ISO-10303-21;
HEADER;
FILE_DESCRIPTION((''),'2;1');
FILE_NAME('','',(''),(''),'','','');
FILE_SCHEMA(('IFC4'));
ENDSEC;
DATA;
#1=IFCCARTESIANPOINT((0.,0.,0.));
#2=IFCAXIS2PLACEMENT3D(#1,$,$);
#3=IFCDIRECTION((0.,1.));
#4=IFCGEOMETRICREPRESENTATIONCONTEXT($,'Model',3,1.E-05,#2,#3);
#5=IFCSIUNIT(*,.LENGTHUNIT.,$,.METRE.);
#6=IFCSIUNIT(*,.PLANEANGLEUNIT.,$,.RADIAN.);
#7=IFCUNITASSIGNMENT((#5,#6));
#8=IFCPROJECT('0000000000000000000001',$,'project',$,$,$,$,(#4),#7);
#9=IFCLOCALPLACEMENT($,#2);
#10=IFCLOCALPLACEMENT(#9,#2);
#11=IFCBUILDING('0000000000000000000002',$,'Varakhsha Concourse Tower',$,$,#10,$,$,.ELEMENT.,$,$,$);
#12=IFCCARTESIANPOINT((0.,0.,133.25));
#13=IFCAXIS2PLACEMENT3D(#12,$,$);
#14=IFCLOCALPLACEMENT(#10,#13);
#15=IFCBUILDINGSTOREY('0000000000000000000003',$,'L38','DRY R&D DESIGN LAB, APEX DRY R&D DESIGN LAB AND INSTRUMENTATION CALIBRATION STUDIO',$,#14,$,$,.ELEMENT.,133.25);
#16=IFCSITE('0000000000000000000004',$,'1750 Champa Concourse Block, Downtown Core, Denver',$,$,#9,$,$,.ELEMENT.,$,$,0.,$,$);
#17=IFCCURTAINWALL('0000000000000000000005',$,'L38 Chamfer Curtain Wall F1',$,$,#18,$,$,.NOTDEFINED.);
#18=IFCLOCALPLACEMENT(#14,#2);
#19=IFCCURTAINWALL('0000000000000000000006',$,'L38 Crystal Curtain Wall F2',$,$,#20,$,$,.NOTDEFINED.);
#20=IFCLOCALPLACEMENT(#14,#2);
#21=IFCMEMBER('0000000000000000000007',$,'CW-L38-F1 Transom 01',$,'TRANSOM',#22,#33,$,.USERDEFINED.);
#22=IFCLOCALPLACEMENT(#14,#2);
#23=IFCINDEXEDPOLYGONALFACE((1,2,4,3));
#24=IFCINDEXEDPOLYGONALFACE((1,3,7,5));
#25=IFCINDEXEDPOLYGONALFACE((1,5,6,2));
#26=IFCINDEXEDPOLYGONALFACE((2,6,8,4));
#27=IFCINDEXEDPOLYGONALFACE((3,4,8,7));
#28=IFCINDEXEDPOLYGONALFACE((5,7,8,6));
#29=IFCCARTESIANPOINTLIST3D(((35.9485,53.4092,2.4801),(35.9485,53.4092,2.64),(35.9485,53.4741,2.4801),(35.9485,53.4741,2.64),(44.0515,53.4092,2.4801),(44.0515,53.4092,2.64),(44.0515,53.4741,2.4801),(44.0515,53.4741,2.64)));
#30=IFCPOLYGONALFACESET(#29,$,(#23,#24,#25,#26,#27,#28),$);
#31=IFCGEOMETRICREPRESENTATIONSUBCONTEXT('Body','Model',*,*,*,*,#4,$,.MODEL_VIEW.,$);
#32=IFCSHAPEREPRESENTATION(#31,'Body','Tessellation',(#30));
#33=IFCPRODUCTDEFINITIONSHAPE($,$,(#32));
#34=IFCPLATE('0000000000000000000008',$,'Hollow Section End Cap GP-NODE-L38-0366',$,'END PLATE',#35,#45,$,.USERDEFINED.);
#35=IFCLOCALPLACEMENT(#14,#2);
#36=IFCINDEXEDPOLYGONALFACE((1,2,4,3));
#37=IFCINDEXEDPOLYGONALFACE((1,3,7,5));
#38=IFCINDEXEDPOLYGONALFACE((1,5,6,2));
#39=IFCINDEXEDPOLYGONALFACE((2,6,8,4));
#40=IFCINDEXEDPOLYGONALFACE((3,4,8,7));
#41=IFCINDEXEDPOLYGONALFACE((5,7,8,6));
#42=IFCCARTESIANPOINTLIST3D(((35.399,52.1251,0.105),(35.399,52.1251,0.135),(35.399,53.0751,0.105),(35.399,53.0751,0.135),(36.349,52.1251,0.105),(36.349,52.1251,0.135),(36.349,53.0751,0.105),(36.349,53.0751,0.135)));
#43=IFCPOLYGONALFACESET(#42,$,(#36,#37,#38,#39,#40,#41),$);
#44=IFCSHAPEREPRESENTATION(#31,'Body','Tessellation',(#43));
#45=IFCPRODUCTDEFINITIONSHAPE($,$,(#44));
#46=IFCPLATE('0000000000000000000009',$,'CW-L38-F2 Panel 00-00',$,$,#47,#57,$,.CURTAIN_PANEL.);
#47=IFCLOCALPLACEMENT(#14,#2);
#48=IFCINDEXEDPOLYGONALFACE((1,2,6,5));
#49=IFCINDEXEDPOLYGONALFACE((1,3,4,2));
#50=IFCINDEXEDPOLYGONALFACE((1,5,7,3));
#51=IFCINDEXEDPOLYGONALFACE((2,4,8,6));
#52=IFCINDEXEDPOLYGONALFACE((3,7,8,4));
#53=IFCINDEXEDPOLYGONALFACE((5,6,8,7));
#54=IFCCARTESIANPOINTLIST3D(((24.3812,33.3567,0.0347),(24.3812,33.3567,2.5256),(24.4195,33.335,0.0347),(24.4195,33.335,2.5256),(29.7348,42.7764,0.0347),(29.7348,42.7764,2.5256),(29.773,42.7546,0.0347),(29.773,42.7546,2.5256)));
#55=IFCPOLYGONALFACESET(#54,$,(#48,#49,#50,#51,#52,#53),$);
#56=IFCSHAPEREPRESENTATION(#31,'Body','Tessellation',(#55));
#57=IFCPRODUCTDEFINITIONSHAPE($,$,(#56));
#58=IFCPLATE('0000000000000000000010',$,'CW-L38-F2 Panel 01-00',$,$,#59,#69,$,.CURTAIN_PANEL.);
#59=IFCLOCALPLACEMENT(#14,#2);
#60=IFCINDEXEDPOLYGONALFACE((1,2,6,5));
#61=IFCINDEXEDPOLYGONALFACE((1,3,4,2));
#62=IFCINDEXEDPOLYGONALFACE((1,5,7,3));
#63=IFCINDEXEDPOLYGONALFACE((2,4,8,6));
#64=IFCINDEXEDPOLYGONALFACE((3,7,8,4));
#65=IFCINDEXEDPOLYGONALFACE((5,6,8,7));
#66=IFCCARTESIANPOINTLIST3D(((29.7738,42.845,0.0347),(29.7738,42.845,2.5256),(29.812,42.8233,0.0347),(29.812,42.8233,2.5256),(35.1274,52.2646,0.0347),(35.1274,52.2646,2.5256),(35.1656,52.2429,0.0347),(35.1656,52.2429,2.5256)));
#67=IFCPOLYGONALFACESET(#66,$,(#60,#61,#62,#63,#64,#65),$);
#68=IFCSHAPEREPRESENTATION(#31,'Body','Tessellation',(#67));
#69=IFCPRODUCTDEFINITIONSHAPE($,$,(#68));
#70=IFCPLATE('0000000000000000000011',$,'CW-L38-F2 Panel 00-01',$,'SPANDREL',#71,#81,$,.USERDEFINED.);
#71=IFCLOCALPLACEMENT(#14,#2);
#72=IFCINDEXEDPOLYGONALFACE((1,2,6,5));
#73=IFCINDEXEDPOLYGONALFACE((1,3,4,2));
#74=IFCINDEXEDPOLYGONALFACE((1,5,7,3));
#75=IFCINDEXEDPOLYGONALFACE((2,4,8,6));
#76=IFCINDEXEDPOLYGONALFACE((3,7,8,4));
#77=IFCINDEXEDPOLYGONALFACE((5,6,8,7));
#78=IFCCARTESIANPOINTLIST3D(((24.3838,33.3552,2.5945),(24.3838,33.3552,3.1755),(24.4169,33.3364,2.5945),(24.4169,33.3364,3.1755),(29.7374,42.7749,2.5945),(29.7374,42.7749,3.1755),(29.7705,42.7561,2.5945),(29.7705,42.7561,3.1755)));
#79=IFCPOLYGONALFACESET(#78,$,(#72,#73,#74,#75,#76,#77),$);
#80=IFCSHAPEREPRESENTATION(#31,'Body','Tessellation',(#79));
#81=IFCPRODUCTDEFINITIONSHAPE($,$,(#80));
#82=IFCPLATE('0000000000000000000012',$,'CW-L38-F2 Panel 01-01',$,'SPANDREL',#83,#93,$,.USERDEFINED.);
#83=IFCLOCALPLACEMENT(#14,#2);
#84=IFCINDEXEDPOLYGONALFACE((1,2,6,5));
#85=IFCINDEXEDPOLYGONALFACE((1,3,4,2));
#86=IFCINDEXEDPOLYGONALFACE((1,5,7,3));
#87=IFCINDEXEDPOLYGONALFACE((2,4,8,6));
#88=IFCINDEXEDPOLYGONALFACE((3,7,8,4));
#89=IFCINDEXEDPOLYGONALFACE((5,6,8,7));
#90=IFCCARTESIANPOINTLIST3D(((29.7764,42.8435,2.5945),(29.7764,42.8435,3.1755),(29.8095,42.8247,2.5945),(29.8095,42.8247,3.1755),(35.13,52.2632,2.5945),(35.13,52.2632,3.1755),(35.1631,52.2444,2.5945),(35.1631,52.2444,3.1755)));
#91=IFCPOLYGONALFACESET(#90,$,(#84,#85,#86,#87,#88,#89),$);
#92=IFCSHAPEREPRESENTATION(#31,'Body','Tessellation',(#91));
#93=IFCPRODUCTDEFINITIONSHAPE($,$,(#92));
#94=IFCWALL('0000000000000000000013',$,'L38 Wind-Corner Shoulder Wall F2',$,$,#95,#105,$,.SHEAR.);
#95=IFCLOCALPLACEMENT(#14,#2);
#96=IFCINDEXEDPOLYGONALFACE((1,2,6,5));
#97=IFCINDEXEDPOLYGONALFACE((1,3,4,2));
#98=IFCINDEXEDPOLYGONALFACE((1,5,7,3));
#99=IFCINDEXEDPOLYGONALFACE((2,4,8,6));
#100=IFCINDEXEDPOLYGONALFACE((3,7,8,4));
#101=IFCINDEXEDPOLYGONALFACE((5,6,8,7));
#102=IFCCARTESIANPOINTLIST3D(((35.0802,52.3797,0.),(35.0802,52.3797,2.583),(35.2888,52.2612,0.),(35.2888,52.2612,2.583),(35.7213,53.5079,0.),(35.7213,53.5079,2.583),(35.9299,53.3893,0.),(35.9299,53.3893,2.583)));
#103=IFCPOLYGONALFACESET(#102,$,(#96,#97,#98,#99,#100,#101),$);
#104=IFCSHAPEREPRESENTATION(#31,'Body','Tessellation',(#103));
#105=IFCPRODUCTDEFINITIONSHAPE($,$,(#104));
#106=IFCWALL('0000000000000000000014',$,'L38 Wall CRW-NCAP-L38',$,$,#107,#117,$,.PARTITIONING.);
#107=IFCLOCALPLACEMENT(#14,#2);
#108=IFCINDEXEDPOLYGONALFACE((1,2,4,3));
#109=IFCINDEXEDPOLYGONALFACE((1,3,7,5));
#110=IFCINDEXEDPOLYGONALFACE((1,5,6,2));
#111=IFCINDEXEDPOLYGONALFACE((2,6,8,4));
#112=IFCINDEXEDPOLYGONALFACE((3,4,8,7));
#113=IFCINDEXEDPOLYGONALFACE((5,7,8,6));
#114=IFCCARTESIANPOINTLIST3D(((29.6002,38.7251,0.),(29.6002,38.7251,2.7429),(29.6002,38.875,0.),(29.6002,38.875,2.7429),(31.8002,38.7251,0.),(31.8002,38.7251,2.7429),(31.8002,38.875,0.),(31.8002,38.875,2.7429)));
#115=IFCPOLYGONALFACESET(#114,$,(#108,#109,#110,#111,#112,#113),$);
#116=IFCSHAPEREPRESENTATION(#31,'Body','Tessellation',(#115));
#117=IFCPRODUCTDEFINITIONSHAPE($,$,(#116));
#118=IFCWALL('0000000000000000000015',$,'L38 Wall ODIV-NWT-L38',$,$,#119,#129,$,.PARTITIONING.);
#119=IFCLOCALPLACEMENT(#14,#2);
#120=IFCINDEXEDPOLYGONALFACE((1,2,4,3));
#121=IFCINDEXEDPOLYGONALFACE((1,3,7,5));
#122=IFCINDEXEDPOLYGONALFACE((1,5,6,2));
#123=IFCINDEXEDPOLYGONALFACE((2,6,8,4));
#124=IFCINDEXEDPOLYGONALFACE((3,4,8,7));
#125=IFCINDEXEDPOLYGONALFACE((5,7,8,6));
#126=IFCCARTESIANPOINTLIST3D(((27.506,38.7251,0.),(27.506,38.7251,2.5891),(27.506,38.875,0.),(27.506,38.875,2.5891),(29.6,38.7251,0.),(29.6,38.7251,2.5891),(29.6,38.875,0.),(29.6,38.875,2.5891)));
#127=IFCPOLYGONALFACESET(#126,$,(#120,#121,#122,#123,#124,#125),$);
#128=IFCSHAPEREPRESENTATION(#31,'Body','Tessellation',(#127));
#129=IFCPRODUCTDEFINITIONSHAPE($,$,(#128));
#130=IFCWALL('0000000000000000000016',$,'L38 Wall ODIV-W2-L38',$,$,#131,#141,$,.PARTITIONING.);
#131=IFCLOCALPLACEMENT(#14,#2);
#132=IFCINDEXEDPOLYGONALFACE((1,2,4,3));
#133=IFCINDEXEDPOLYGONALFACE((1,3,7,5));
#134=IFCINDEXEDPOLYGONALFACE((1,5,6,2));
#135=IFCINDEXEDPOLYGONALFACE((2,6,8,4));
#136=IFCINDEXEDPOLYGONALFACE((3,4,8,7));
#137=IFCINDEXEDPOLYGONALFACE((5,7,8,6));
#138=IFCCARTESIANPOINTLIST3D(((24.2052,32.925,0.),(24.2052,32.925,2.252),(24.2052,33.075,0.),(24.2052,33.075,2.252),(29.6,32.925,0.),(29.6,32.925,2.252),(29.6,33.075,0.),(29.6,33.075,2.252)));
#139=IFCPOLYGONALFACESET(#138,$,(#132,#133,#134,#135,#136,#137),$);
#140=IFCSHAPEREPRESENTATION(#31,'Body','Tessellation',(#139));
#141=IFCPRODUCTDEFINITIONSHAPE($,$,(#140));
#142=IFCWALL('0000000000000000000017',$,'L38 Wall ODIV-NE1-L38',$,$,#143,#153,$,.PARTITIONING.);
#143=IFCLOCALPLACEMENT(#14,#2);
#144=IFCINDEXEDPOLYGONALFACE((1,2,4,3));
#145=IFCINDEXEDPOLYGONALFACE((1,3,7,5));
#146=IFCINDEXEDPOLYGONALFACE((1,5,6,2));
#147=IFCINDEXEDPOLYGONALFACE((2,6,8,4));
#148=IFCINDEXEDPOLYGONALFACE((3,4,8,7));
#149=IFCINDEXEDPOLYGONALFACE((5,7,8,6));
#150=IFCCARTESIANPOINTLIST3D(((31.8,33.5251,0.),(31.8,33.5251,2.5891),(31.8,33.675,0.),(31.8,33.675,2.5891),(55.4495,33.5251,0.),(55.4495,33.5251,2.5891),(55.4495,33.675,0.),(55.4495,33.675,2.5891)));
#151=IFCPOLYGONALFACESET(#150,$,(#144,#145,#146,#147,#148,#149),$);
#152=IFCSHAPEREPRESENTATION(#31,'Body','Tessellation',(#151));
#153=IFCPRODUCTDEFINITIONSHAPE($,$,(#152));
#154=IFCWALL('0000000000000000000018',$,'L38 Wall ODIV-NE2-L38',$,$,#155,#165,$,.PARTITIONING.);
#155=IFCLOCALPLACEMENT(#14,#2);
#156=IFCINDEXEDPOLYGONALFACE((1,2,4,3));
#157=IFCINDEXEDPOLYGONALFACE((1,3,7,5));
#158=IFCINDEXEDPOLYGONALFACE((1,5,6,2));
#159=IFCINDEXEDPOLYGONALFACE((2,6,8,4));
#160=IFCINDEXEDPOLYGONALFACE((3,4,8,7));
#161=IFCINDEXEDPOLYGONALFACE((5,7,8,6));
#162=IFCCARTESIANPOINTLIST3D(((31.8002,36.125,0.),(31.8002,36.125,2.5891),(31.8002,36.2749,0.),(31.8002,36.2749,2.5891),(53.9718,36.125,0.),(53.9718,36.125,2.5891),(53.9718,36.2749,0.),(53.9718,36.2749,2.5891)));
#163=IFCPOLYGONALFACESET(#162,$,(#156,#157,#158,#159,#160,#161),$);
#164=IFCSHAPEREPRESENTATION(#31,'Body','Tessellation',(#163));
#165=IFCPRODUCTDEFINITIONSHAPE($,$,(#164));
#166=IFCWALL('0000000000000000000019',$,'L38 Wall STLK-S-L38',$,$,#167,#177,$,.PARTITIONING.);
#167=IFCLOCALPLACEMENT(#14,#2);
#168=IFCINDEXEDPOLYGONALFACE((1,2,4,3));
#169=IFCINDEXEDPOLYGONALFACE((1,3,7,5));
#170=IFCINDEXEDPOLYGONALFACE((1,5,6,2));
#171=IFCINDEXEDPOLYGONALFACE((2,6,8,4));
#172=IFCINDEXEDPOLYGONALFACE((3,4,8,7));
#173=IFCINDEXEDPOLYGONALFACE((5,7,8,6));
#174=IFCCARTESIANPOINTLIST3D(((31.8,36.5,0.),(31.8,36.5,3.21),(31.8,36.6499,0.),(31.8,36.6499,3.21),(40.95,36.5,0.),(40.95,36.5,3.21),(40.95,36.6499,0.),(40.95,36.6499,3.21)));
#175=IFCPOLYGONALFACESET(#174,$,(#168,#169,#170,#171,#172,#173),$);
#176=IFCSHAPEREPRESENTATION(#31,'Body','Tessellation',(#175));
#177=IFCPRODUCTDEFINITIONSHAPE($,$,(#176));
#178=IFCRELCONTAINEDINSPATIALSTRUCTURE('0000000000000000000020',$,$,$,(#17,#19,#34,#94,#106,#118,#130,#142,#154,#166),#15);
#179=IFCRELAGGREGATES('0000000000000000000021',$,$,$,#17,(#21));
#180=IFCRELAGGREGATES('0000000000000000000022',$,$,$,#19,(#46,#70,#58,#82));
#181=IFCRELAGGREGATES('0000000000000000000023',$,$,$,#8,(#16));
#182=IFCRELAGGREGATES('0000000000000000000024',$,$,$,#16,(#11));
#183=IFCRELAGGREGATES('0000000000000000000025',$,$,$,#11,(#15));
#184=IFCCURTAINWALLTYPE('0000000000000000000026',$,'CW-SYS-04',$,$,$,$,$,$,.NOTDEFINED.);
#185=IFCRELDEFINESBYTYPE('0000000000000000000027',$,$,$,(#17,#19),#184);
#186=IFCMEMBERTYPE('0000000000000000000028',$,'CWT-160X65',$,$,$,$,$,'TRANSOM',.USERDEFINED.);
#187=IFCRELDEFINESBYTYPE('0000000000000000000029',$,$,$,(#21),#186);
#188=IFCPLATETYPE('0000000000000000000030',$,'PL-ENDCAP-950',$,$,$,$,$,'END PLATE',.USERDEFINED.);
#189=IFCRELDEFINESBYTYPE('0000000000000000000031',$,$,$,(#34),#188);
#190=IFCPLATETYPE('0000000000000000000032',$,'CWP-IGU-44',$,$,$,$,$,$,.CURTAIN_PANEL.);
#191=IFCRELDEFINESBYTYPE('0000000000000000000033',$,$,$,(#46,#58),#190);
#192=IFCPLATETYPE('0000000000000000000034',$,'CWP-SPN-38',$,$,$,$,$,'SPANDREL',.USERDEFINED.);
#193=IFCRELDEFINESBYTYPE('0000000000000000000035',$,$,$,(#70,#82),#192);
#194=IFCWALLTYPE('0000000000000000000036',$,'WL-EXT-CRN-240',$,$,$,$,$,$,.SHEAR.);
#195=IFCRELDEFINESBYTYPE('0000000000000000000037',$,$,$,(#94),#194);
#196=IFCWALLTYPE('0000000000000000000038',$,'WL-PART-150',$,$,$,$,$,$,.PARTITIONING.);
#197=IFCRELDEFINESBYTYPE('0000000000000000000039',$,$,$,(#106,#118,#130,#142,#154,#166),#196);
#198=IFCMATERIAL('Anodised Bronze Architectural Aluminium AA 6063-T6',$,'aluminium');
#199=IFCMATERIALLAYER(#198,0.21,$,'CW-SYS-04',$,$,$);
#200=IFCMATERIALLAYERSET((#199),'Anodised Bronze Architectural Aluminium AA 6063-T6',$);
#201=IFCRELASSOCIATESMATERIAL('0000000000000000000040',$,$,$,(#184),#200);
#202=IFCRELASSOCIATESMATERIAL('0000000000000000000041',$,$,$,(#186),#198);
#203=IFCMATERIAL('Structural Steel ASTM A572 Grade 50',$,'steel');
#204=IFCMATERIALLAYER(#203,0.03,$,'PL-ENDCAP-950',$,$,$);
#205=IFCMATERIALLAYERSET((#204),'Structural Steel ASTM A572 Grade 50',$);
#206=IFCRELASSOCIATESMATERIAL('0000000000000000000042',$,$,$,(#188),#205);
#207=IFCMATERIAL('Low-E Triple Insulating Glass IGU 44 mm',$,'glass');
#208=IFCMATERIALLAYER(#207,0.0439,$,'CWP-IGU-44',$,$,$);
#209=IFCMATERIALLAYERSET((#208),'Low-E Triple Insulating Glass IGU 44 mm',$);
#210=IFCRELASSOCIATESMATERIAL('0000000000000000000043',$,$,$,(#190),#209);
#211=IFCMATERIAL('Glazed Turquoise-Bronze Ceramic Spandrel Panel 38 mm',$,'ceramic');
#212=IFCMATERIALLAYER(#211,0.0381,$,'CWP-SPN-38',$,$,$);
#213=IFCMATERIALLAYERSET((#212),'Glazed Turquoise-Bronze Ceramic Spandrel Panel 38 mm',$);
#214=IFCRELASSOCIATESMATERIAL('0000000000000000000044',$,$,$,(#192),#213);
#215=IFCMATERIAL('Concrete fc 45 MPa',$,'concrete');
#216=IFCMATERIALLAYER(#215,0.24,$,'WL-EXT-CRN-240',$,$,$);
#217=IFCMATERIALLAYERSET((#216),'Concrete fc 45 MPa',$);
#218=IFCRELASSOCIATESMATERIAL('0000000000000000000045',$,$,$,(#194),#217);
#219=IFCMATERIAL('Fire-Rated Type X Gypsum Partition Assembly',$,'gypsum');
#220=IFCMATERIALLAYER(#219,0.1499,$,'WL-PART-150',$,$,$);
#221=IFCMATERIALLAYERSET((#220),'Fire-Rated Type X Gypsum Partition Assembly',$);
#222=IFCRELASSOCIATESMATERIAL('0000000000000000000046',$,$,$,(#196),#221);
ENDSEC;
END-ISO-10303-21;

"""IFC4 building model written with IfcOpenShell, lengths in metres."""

from ifc_helpers import new_model, si_unit, direction, frame, frame_2d, origin, origin_2d, place, context, subcontext, project, spatial, rectangle, extrude, source, transform, mapped, material, layer, layer_set, material_profile, profile_set, type_object, type_shapes, element, aggregate, save


model = new_model("IFC4")

# Units and contexts
model_context = context("Model", 3, precision=1e-05, world=origin(), true_north=direction((0.0, 1.0)))
body_context = subcontext(model_context, "Body", "Model", "MODEL_VIEW")
ifc_project = project(units=[si_unit("LENGTHUNIT", "METRE"), si_unit("PLANEANGLEUNIT", "RADIAN")], contexts=[model_context])

# Site, building, storey
site_placement = place(None, origin())
site = spatial("IfcSite", under=ifc_project, at=site_placement, Name="1750 Champa Concourse Block, Downtown Core, Denver", CompositionType="ELEMENT", RefElevation=0.0)
building_placement = place(site_placement, origin())
building = spatial("IfcBuilding", under=site, at=building_placement, Name="Varakhsha Concourse Tower", CompositionType="ELEMENT")
storey_placement = place(building_placement, frame((0.0, 0.0, 133.25)))
storey = spatial("IfcBuildingStorey", under=building, at=storey_placement, Name="L38", Description="DRY R&D DESIGN LAB, APEX DRY R&D DESIGN LAB AND INSTRUMENTATION CALIBRATION STUDIO", CompositionType="ELEMENT", Elevation=133.25)

# Shared definitions
ifc_material_1 = material(Name="Structural Steel ASTM A572 Grade 50", Category="steel")

# Curtain wall
ifc_material_2 = material(Name="Anodised Bronze Architectural Aluminium AA 6063-T6", Category="aluminium")
ifc_layer_1 = layer(ifc_material_2, 0.21, Name="CW-SYS-04")
ifc_layer_set_1 = layer_set([ifc_layer_1], Name="Anodised Bronze Architectural Aluminium AA 6063-T6")
curtain_wall_type = type_object("IfcCurtainWallType", Name="CW-SYS-04", PredefinedType="NOTDEFINED", material=ifc_layer_set_1)
curtain_wall_1_placement = place(storey_placement, origin())
curtain_wall_1 = element("IfcCurtainWall", 1, at=curtain_wall_1_placement, inside=storey, type_object=curtain_wall_type, Name="L38 Chamfer Curtain Wall F1", PredefinedType="NOTDEFINED")

# Curtain wall
curtain_wall_2_placement = place(storey_placement, origin())
curtain_wall_2 = element("IfcCurtainWall", 2, at=curtain_wall_2_placement, inside=storey, type_object=curtain_wall_type, Name="L38 Crystal Curtain Wall F2", PredefinedType="NOTDEFINED")

# Member
ifc_material_profile_1 = material_profile(ifc_material_2, rectangle(XDim=0.0649, YDim=0.1599, at=origin_2d()), Name="CWT-160X65")
ifc_profile_set_1 = profile_set([ifc_material_profile_1], Name="Anodised Bronze Architectural Aluminium AA 6063-T6")
member_type_1 = type_object("IfcMemberType", Name="CWT-160X65", ElementType="TRANSOM", PredefinedType="USERDEFINED", material=ifc_profile_set_1)
shared_shape_1 = source(origin(), body_context, "Body", "SweptSolid", [
    extrude(rectangle(XDim=0.0649, YDim=0.1599, at=origin_2d()), origin(), (0.0, 0.0, 1.0), 8.103),
])
member_1_placement = place(storey_placement, frame((35.9485, 53.4417, 2.5601), z_axis=(1.0, 0.0, 0.0), x_axis=(0.0, 1.0, 0.0)))
member_1 = element("IfcMember", 3, at=member_1_placement, type_object=member_type_1, Name="CW-L38-F1 Transom 01", ObjectType="TRANSOM", PredefinedType="USERDEFINED", context=body_context, shape_type="MappedRepresentation", body=[
    mapped(shared_shape_1, transform((0.0, 0.0, 0.0), scale=1.0)),
])
aggregate(curtain_wall_1, [member_1])

# Plates
ifc_layer_2 = layer(ifc_material_1, 0.03, Name="PL-ENDCAP-950")
ifc_layer_set_2 = layer_set([ifc_layer_2], Name="Structural Steel ASTM A572 Grade 50")
plate_type_1 = type_object("IfcPlateType", Name="PL-ENDCAP-950", ElementType="END PLATE", PredefinedType="USERDEFINED", material=ifc_layer_set_2)
shared_shape_2 = source(origin(), body_context, "Body", "SweptSolid", [
    extrude(rectangle(XDim=0.95, YDim=0.95, at=origin_2d()), origin(), (0.0, 0.0, 1.0), 0.03),
])
type_shapes(plate_type_1, [shared_shape_2])
plate_1_placement = place(storey_placement, frame((35.874, 52.6001, 0.105), z_axis=(0.0, 0.0, 1.0), x_axis=(1.0, 0.0, 0.0)))
element("IfcPlate", 4, at=plate_1_placement, inside=storey, type_object=plate_type_1, Name="Hollow Section End Cap GP-NODE-L38-0366", ObjectType="END PLATE", PredefinedType="USERDEFINED", context=body_context, shape_type="MappedRepresentation", body=[
    mapped(shared_shape_2, transform((0.0, 0.0, 0.0), scale=1.0)),
])
ifc_material_3 = material(Name="Low-E Triple Insulating Glass IGU 44 mm", Category="glass")
ifc_layer_3 = layer(ifc_material_3, 0.0439, Name="CWP-IGU-44")
ifc_layer_set_3 = layer_set([ifc_layer_3], Name="Low-E Triple Insulating Glass IGU 44 mm")
plate_type_2 = type_object("IfcPlateType", Name="CWP-IGU-44", PredefinedType="CURTAIN_PANEL", material=ifc_layer_set_3)
shared_shape_3 = source(origin(), body_context, "Body", "SweptSolid", [
    extrude(rectangle(XDim=10.8347, YDim=0.0439, at=origin_2d()), origin(), (0.0, 0.0, 1.0), 2.491),
])
type_shapes(plate_type_2, [shared_shape_3])
plate_2_placement = place(storey_placement, frame((27.0771, 38.0557, 0.0347), z_axis=(0.0, 0.0, 1.0), x_axis=(0.494115, 0.869397, 0.0)))
plate_2 = element("IfcPlate", 5, at=plate_2_placement, type_object=plate_type_2, Name="CW-L38-F2 Panel 00-00", PredefinedType="CURTAIN_PANEL", context=body_context, shape_type="MappedRepresentation", body=[
    mapped(shared_shape_3, transform((0.0, 0.0, 0.0), scale=1.0)),
])
plate_3_placement = place(storey_placement, frame((32.4697, 47.5439, 0.0347), z_axis=(0.0, 0.0, 1.0), x_axis=(0.494115, 0.869397, 0.0)))
plate_3 = element("IfcPlate", 6, at=plate_3_placement, type_object=plate_type_2, Name="CW-L38-F2 Panel 01-00", PredefinedType="CURTAIN_PANEL", context=body_context, shape_type="MappedRepresentation", body=[
    mapped(shared_shape_3, transform((0.0, 0.0, 0.0), scale=1.0)),
])
ifc_material_4 = material(Name="Glazed Turquoise-Bronze Ceramic Spandrel Panel 38 mm", Category="ceramic")
ifc_layer_4 = layer(ifc_material_4, 0.0381, Name="CWP-SPN-38")
ifc_layer_set_4 = layer_set([ifc_layer_4], Name="Glazed Turquoise-Bronze Ceramic Spandrel Panel 38 mm")
plate_type_3 = type_object("IfcPlateType", Name="CWP-SPN-38", ElementType="SPANDREL", PredefinedType="USERDEFINED", material=ifc_layer_set_4)
shared_shape_4 = source(origin(), body_context, "Body", "SweptSolid", [
    extrude(rectangle(XDim=10.8347, YDim=0.0381, at=origin_2d()), origin(), (0.0, 0.0, 1.0), 0.5811),
])
type_shapes(plate_type_3, [shared_shape_4])
plate_4_placement = place(storey_placement, frame((27.0771, 38.0557, 2.5945), z_axis=(0.0, 0.0, 1.0), x_axis=(0.494115, 0.869397, 0.0)))
plate_4 = element("IfcPlate", 7, at=plate_4_placement, type_object=plate_type_3, Name="CW-L38-F2 Panel 00-01", ObjectType="SPANDREL", PredefinedType="USERDEFINED", context=body_context, shape_type="MappedRepresentation", body=[
    mapped(shared_shape_4, transform((0.0, 0.0, 0.0), scale=1.0)),
])
plate_5_placement = place(storey_placement, frame((32.4697, 47.5439, 2.5945), z_axis=(0.0, 0.0, 1.0), x_axis=(0.494115, 0.869397, 0.0)))
plate_5 = element("IfcPlate", 8, at=plate_5_placement, type_object=plate_type_3, Name="CW-L38-F2 Panel 01-01", ObjectType="SPANDREL", PredefinedType="USERDEFINED", context=body_context, shape_type="MappedRepresentation", body=[
    mapped(shared_shape_4, transform((0.0, 0.0, 0.0), scale=1.0)),
])
aggregate(curtain_wall_2, [plate_2, plate_4, plate_3, plate_5])

# Walls
ifc_material_5 = material(Name="Concrete fc 45 MPa", Category="concrete")
ifc_layer_5 = layer(ifc_material_5, 0.24, Name="WL-EXT-CRN-240")
ifc_layer_set_5 = layer_set([ifc_layer_5], Name="Concrete fc 45 MPa")
wall_type_1 = type_object("IfcWallType", Name="WL-EXT-CRN-240", PredefinedType="SHEAR", material=ifc_layer_set_5)
wall_1_placement = place(storey_placement, frame((35.8257, 53.4487, 0.0), z_axis=(0.0, 0.0, 1.0), x_axis=(-0.494071, -0.869422, 0.0)))
element("IfcWall", 9, at=wall_1_placement, inside=storey, type_object=wall_type_1, Name="L38 Wind-Corner Shoulder Wall F2", PredefinedType="SHEAR", context=body_context, shape_type="SweptSolid", body=[
    extrude(rectangle(XDim=1.2976, YDim=0.24, at=frame_2d((0.6489, 0.0))), origin(), (0.0, 0.0, 1.0), 2.583),
])
ifc_material_6 = material(Name="Fire-Rated Type X Gypsum Partition Assembly", Category="gypsum")
ifc_layer_6 = layer(ifc_material_6, 0.1499, Name="WL-PART-150")
ifc_layer_set_6 = layer_set([ifc_layer_6], Name="Fire-Rated Type X Gypsum Partition Assembly")
wall_type_2 = type_object("IfcWallType", Name="WL-PART-150", PredefinedType="PARTITIONING", material=ifc_layer_set_6)
wall_2_placement = place(storey_placement, frame((29.6001, 38.8, 0.0), z_axis=(0.0, 0.0, 1.0), x_axis=(1.0, 0.0, 0.0)))
element("IfcWall", 10, at=wall_2_placement, inside=storey, type_object=wall_type_2, Name="L38 Wall CRW-NCAP-L38", PredefinedType="PARTITIONING", context=body_context, shape_type="SweptSolid", body=[
    extrude(rectangle(XDim=2.2, YDim=0.1499, at=frame_2d((1.1001, 0.0))), origin(), (0.0, 0.0, 1.0), 2.7429),
])
wall_3_placement = place(storey_placement, frame((27.5061, 38.8, 0.0), z_axis=(0.0, 0.0, 1.0), x_axis=(1.0, 0.0, 0.0)))
element("IfcWall", 11, at=wall_3_placement, inside=storey, type_object=wall_type_2, Name="L38 Wall ODIV-NWT-L38", PredefinedType="PARTITIONING", context=body_context, shape_type="SweptSolid", body=[
    extrude(rectangle(XDim=2.094, YDim=0.1499, at=frame_2d((1.0469, 0.0))), origin(), (0.0, 0.0, 1.0), 2.5891),
])
wall_4_placement = place(storey_placement, frame((24.2053, 33.0, 0.0), z_axis=(0.0, 0.0, 1.0), x_axis=(1.0, 0.0, 0.0)))
element("IfcWall", 12, at=wall_4_placement, inside=storey, type_object=wall_type_2, Name="L38 Wall ODIV-W2-L38", PredefinedType="PARTITIONING", context=body_context, shape_type="SweptSolid", body=[
    extrude(rectangle(XDim=5.3948, YDim=0.1499, at=frame_2d((2.6973, 0.0))), origin(), (0.0, 0.0, 1.0), 2.252),
])
wall_5_placement = place(storey_placement, frame((31.8, 33.6001, 0.0), z_axis=(0.0, 0.0, 1.0), x_axis=(1.0, 0.0, 0.0)))
element("IfcWall", 13, at=wall_5_placement, inside=storey, type_object=wall_type_2, Name="L38 Wall ODIV-NE1-L38", PredefinedType="PARTITIONING", context=body_context, shape_type="SweptSolid", body=[
    extrude(rectangle(XDim=23.6494, YDim=0.1499, at=frame_2d((11.8247, 0.0))), origin(), (0.0, 0.0, 1.0), 2.5891),
])
wall_6_placement = place(storey_placement, frame((31.8, 36.2, 0.0), z_axis=(0.0, 0.0, 1.0), x_axis=(1.0, 0.0, 0.0)))
element("IfcWall", 14, at=wall_6_placement, inside=storey, type_object=wall_type_2, Name="L38 Wall ODIV-NE2-L38", PredefinedType="PARTITIONING", context=body_context, shape_type="SweptSolid", body=[
    extrude(rectangle(XDim=22.1716, YDim=0.1499, at=frame_2d((11.0859, 0.0))), origin(), (0.0, 0.0, 1.0), 2.5891),
])
wall_7_placement = place(storey_placement, frame((31.8, 36.575, 0.0), z_axis=(0.0, 0.0, 1.0), x_axis=(1.0, 0.0, 0.0)))
element("IfcWall", 15, at=wall_7_placement, inside=storey, type_object=wall_type_2, Name="L38 Wall STLK-S-L38", PredefinedType="PARTITIONING", context=body_context, shape_type="SweptSolid", body=[
    extrude(rectangle(XDim=9.1499, YDim=0.1499, at=frame_2d((4.575, 0.0))), origin(), (0.0, 0.0, 1.0), 3.21),
])

save(model, "model.ifc")
